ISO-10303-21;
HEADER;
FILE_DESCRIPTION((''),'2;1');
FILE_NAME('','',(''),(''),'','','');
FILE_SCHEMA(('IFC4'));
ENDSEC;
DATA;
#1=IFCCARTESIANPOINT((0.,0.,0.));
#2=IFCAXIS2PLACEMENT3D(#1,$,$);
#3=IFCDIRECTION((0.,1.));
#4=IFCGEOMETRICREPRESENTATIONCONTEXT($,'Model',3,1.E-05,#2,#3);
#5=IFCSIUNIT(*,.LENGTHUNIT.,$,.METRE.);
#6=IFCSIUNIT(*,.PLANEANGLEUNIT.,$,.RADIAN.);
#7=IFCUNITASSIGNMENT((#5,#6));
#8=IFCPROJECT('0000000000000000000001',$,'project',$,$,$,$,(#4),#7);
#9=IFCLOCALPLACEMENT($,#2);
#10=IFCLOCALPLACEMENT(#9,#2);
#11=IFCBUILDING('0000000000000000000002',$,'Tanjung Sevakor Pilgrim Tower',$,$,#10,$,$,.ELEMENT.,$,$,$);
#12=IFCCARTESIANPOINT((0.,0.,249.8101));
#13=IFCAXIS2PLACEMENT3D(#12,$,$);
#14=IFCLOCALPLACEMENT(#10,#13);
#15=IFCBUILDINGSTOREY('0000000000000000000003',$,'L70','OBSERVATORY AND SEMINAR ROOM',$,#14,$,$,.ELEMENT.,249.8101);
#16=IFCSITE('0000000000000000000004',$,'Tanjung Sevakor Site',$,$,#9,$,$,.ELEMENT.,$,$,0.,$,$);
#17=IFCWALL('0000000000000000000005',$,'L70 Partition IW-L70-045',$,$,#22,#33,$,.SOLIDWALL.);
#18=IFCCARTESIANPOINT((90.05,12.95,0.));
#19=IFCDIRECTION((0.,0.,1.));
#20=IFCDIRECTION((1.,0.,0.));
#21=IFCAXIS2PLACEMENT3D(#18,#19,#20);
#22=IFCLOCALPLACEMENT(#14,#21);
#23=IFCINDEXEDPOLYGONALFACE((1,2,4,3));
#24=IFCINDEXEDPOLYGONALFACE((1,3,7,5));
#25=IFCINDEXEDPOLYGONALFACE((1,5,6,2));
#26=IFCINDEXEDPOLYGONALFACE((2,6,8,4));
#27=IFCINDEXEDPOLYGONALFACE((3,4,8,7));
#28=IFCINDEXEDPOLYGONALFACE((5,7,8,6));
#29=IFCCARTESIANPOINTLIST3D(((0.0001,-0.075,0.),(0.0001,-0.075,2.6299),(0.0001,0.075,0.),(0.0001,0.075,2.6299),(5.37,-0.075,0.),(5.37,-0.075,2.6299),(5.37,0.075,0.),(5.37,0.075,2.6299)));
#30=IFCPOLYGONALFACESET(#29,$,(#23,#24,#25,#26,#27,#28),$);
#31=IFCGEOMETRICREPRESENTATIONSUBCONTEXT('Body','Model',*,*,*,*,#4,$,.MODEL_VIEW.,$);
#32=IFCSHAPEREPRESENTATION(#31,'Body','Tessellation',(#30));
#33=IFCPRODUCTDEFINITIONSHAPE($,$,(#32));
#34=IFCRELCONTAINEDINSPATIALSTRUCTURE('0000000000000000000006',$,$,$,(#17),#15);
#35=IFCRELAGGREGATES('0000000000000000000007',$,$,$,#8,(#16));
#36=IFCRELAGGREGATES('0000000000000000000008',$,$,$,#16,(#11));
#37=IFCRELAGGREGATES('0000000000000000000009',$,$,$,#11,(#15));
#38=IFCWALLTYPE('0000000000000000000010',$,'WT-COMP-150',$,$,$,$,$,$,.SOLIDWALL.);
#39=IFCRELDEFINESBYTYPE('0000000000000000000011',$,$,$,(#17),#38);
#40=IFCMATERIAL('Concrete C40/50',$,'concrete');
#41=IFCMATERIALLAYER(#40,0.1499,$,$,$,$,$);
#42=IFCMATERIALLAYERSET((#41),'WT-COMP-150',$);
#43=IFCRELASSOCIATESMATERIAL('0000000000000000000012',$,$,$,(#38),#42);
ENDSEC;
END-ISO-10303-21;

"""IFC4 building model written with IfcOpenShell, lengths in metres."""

from ifc_helpers import new_model, si_unit, direction, frame, frame_2d, origin, place, context, subcontext, project, spatial, rectangle, extrude, material, layer, layer_set, type_object, element, save


model = new_model("IFC4")

# Units and contexts
model_context = context("Model", 3, precision=1e-05, world=origin(), true_north=direction((0.0, 1.0)))
body_context = subcontext(model_context, "Body", "Model", "MODEL_VIEW")
ifc_project = project(units=[si_unit("LENGTHUNIT", "METRE"), si_unit("PLANEANGLEUNIT", "RADIAN")], contexts=[model_context])

# Site, building, storey
site_placement = place(None, origin())
site = spatial("IfcSite", under=ifc_project, at=site_placement, Name="Tanjung Sevakor Site", CompositionType="ELEMENT", RefElevation=0.0)
building_placement = place(site_placement, origin())
building = spatial("IfcBuilding", under=site, at=building_placement, Name="Tanjung Sevakor Pilgrim Tower", CompositionType="ELEMENT")
storey_placement = place(building_placement, frame((0.0, 0.0, 249.8101)))
storey = spatial("IfcBuildingStorey", under=building, at=storey_placement, Name="L70", Description="OBSERVATORY AND SEMINAR ROOM", CompositionType="ELEMENT", Elevation=249.8101)

# Wall
ifc_material_1 = material(Name="Concrete C40/50", Category="concrete")
ifc_layer_1 = layer(ifc_material_1, 0.1499)
ifc_layer_set_1 = layer_set([ifc_layer_1], Name="WT-COMP-150")
wall_type_1 = type_object("IfcWallType", Name="WT-COMP-150", PredefinedType="SOLIDWALL", material=ifc_layer_set_1)
wall_1_placement = place(storey_placement, frame((90.05, 12.95, 0.0), z_axis=(0.0, 0.0, 1.0), x_axis=(1.0, 0.0, 0.0)))
element("IfcWall", 1, at=wall_1_placement, inside=storey, type_object=wall_type_1, Name="L70 Partition IW-L70-045", PredefinedType="SOLIDWALL", context=body_context, shape_type="SweptSolid", body=[
    extrude(rectangle(XDim=5.3699, YDim=0.1499, at=frame_2d((2.6851, 0.0))), origin(), (0.0, 0.0, 1.0), 2.6299),
])

save(model, "model.ifc")
